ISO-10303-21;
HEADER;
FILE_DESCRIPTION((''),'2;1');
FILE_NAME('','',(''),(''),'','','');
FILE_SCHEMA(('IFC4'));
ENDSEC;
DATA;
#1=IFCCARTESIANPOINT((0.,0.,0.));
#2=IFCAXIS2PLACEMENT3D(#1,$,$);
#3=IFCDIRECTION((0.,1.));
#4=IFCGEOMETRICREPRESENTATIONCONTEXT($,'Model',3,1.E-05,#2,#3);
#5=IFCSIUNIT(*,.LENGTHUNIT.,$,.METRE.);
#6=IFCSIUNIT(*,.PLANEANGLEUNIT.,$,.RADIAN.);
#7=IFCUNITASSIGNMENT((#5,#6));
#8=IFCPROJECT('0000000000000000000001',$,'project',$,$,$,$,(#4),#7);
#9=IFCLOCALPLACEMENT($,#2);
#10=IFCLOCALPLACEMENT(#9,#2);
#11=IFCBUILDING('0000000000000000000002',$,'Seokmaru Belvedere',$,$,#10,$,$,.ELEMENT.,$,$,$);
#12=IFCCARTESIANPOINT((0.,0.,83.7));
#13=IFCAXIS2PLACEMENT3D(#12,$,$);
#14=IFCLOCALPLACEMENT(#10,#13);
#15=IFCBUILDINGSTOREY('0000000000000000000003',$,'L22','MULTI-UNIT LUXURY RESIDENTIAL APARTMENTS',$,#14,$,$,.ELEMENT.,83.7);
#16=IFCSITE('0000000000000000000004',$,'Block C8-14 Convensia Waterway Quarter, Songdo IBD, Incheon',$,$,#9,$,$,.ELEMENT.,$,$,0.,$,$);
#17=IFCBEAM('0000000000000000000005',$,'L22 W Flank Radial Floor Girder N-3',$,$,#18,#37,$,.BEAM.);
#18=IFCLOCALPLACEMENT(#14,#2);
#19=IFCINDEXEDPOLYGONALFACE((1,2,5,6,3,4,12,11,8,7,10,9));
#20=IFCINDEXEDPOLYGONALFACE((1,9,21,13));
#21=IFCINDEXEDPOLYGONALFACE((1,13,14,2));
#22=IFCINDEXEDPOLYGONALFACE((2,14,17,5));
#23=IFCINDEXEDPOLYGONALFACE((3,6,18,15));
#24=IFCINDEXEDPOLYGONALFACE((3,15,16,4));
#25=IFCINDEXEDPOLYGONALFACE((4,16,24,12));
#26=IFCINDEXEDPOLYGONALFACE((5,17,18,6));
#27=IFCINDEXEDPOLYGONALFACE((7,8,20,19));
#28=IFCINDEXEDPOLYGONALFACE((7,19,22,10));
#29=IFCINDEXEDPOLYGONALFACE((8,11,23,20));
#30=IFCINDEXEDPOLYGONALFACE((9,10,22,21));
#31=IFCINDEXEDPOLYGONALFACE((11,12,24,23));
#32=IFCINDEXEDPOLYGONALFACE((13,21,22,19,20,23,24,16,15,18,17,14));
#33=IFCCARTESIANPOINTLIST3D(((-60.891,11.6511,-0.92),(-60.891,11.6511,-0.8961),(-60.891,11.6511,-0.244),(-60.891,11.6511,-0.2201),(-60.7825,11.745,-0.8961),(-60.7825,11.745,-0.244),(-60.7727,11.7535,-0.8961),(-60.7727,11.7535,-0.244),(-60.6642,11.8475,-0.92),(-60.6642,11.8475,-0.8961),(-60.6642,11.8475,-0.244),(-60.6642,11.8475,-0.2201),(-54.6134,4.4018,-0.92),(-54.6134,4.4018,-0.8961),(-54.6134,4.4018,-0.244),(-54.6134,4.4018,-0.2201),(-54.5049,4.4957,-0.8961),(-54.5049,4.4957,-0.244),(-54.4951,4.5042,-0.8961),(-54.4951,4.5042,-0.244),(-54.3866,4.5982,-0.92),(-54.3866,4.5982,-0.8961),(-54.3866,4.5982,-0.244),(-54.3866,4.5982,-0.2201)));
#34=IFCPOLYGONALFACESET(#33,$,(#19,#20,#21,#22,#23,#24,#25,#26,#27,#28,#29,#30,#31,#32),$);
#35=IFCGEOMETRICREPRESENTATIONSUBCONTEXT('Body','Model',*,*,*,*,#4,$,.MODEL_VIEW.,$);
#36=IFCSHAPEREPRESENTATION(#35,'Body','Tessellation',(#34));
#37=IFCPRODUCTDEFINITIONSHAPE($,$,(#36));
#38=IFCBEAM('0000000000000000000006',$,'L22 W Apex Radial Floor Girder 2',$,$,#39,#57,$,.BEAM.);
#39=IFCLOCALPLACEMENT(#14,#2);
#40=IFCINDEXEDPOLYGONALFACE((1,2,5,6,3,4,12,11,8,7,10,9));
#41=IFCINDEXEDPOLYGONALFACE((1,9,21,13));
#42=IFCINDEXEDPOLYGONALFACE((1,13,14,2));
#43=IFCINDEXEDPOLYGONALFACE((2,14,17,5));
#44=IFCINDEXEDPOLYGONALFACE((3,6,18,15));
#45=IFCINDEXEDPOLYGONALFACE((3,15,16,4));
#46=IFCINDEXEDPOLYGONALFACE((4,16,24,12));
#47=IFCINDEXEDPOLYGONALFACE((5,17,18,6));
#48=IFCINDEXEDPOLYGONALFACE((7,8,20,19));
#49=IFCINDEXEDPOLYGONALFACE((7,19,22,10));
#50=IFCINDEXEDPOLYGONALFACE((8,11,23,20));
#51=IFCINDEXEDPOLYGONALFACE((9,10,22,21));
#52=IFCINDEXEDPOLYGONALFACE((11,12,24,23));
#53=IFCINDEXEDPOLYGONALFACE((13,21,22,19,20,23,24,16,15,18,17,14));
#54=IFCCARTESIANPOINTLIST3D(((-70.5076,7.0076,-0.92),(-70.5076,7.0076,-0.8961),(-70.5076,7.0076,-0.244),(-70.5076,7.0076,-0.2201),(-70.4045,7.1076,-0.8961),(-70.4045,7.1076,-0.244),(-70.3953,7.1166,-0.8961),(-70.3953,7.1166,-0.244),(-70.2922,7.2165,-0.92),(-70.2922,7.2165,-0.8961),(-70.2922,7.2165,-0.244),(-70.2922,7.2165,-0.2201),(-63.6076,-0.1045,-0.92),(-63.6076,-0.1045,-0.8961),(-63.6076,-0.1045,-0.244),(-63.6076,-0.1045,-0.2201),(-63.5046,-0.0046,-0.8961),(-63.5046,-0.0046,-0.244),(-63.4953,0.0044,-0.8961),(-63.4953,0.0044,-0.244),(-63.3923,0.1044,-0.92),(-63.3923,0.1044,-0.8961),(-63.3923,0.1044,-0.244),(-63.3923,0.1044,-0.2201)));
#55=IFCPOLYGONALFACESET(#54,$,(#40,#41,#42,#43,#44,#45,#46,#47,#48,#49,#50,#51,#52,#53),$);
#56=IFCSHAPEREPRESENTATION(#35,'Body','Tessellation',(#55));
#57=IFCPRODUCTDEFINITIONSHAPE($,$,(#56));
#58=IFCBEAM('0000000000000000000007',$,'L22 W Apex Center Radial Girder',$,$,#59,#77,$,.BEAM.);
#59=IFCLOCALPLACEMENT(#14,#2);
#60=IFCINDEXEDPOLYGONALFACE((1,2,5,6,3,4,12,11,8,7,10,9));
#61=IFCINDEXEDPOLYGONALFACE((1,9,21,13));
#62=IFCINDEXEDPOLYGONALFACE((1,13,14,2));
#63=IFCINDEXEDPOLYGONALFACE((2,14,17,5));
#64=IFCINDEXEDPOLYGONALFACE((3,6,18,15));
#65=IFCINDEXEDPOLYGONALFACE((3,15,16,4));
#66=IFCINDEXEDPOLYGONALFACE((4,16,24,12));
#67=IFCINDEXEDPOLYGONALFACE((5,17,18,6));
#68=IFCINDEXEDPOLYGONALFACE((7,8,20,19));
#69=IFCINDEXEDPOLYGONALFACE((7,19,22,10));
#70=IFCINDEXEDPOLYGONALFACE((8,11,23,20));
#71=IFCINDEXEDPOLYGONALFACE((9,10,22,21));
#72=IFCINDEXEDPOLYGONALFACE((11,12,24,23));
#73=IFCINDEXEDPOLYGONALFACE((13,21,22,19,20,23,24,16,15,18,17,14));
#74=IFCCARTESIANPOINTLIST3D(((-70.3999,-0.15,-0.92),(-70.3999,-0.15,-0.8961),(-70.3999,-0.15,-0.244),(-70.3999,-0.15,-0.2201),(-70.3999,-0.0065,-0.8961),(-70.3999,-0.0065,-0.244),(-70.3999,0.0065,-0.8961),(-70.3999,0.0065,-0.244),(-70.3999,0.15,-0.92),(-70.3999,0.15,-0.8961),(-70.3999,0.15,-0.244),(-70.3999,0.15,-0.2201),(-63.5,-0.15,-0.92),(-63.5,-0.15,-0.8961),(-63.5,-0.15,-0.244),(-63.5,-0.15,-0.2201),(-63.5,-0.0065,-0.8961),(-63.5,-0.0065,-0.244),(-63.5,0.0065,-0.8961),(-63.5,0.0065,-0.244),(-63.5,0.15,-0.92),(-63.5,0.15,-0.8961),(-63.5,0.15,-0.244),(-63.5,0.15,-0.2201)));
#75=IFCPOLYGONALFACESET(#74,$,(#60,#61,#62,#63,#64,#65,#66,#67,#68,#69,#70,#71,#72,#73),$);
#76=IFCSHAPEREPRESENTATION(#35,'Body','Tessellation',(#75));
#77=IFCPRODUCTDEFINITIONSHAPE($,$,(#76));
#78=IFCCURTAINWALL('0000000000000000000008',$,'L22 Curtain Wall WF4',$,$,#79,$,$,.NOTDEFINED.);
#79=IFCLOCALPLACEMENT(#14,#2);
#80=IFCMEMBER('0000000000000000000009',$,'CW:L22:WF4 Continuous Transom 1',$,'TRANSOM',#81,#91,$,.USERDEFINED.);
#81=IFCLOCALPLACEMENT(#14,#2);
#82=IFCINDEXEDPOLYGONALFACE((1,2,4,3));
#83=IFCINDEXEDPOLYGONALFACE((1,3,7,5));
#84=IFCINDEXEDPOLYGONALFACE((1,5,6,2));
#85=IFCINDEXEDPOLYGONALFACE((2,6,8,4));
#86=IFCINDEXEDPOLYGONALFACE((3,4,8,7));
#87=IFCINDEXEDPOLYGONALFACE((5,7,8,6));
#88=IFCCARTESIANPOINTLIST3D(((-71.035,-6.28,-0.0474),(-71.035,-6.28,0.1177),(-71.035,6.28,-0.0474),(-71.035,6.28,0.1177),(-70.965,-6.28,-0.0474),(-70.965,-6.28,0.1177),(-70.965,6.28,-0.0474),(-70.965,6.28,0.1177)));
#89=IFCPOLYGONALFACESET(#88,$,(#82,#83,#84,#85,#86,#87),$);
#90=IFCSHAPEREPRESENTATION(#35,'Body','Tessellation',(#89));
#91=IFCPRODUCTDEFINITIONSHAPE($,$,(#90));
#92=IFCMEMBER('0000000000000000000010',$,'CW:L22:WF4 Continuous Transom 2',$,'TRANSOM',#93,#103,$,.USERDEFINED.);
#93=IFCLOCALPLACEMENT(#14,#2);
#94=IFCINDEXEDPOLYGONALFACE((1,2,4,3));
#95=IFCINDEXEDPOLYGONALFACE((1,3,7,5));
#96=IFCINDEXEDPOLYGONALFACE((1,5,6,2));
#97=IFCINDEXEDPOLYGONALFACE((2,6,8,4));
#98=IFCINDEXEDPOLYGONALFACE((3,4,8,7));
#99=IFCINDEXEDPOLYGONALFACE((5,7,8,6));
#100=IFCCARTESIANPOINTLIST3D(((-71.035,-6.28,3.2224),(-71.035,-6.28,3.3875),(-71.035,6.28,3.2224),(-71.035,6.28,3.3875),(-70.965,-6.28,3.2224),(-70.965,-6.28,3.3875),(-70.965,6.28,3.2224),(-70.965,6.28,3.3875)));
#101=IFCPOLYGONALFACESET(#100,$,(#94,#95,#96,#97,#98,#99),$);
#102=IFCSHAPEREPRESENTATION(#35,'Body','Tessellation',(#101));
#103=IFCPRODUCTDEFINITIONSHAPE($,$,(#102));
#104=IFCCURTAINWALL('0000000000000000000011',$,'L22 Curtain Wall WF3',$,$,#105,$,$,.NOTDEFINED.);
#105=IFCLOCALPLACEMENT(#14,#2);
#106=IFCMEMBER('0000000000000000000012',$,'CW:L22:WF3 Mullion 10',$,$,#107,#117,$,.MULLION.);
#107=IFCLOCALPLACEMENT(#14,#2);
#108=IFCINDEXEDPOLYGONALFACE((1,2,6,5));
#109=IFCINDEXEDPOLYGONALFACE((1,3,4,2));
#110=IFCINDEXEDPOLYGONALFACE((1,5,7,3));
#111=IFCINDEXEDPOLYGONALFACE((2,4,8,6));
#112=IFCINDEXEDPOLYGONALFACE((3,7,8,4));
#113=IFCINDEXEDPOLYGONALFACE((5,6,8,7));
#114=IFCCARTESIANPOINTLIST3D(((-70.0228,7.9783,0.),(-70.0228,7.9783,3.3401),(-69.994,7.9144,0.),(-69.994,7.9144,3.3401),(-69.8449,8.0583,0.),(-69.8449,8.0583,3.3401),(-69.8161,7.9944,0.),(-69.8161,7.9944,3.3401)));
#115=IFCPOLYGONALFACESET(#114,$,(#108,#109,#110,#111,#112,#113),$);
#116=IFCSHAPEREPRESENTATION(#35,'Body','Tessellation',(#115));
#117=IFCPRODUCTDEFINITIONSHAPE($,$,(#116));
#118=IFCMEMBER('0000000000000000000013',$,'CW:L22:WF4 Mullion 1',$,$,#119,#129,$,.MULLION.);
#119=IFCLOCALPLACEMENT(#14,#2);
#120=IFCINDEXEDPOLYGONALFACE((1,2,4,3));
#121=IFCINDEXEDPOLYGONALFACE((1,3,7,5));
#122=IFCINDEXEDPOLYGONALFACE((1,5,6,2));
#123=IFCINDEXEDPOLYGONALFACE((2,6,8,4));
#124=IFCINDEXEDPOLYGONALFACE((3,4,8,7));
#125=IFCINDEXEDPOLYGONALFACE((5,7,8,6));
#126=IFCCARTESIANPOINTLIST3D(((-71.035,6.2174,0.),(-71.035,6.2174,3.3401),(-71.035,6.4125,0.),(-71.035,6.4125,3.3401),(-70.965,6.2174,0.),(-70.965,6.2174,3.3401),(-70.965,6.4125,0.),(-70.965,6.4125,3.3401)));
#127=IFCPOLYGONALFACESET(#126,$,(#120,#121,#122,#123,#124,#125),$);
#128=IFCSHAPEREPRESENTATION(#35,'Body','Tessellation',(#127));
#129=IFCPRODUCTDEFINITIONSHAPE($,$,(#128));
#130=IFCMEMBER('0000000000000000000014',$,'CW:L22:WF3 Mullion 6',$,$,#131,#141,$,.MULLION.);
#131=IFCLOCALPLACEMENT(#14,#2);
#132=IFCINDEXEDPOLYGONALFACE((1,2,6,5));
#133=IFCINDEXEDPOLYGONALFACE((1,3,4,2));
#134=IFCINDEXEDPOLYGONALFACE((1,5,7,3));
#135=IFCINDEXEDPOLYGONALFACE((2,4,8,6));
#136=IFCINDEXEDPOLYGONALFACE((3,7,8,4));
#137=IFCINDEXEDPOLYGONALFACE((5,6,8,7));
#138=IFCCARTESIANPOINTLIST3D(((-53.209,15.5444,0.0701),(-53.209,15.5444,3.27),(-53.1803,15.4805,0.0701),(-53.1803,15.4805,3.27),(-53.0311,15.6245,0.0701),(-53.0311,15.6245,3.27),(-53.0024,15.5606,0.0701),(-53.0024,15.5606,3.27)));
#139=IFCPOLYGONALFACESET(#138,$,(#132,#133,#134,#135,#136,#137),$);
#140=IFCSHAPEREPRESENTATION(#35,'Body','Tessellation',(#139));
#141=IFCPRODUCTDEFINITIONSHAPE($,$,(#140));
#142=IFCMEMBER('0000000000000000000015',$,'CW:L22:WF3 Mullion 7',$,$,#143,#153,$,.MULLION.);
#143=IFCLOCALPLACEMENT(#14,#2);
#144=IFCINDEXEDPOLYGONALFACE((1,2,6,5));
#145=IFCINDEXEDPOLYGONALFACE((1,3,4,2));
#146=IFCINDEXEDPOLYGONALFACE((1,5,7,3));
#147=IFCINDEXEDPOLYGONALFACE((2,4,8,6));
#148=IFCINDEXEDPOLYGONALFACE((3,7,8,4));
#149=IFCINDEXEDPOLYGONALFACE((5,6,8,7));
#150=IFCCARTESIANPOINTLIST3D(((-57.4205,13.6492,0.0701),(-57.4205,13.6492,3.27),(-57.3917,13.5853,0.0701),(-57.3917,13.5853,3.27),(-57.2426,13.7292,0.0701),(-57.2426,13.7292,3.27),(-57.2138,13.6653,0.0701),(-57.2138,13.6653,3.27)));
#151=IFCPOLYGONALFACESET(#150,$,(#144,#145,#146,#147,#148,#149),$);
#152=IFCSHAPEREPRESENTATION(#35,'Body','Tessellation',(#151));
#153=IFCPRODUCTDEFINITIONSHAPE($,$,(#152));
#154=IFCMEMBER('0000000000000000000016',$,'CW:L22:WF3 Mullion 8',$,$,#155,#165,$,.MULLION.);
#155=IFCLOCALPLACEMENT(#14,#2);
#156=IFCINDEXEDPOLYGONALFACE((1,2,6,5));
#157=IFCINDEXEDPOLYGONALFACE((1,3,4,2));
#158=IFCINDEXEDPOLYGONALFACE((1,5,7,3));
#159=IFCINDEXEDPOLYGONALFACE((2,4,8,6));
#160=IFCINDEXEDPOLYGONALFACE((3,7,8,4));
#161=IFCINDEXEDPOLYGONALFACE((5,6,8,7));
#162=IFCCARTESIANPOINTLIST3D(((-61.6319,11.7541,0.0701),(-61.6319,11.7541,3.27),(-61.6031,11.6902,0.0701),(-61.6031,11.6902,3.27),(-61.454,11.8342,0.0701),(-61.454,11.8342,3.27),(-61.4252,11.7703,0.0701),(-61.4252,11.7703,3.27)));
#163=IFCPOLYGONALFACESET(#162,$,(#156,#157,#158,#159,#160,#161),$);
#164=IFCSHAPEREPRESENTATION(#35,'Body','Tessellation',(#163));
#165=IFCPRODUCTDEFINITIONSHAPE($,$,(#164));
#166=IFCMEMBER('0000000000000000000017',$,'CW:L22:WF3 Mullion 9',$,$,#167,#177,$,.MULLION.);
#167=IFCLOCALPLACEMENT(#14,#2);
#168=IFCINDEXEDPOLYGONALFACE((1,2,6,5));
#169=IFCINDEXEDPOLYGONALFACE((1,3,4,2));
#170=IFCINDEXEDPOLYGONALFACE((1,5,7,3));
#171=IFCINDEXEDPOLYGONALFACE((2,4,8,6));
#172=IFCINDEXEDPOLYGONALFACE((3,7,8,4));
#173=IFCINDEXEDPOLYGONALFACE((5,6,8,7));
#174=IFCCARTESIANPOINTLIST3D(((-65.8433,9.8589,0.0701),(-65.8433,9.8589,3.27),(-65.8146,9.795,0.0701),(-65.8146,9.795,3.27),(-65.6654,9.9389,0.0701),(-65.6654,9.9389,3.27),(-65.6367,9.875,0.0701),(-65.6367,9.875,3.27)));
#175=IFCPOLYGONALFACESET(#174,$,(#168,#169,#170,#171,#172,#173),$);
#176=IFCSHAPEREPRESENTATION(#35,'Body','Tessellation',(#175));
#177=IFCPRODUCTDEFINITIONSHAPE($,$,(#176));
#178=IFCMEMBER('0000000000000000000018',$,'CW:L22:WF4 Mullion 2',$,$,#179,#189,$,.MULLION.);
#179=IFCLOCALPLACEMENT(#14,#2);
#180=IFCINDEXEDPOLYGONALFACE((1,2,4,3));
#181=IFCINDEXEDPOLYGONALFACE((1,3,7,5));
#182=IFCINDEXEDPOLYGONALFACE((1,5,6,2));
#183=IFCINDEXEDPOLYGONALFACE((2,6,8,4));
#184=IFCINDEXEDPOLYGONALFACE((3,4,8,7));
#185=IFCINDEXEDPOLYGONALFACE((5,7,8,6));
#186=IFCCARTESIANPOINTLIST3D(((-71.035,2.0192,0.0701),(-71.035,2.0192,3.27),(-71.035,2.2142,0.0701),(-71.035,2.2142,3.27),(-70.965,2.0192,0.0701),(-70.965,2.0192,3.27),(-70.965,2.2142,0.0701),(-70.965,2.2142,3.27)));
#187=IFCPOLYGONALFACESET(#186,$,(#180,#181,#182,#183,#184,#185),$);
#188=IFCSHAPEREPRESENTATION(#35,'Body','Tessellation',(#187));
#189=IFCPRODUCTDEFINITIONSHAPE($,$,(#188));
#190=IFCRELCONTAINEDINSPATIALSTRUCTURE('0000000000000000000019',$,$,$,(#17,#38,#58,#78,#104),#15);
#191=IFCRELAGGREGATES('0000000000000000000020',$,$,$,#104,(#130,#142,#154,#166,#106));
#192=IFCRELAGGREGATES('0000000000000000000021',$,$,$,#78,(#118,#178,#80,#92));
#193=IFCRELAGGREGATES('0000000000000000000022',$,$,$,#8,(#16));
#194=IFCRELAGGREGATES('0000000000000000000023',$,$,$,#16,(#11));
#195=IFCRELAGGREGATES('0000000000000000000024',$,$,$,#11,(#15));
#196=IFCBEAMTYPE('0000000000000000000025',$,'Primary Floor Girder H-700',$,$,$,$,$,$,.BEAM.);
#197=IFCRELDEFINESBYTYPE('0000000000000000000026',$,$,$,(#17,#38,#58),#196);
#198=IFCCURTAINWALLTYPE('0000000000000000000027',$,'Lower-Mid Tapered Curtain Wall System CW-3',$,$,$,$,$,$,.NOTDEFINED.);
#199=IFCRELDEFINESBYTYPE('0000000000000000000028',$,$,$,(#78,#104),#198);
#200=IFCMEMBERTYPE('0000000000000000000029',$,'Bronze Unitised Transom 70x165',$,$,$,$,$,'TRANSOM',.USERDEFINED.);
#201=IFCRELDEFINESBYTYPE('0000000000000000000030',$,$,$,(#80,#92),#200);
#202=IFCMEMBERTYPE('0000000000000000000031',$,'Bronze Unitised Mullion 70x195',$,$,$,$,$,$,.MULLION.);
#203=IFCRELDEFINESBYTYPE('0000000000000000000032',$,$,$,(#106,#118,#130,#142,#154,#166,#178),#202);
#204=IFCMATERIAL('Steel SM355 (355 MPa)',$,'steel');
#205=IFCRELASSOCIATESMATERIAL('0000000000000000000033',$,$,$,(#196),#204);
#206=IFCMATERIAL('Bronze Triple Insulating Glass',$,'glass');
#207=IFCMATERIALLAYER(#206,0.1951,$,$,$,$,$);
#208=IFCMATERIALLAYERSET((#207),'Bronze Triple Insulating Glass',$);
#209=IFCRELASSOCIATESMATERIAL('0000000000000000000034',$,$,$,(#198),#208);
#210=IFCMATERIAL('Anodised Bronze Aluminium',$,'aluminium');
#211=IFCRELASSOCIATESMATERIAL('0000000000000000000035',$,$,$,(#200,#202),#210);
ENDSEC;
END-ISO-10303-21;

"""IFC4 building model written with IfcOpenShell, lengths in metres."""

from ifc_helpers import new_model, si_unit, direction, frame, origin, origin_2d, place, context, subcontext, project, spatial, rectangle, i_section, extrude, source, transform, mapped, material, layer, layer_set, material_profile, profile_set, type_object, type_shapes, element, aggregate, save


model = new_model("IFC4")

# Units and contexts
model_context = context("Model", 3, precision=1e-05, world=origin(), true_north=direction((0.0, 1.0)))
body_context = subcontext(model_context, "Body", "Model", "MODEL_VIEW")
ifc_project = project(units=[si_unit("LENGTHUNIT", "METRE"), si_unit("PLANEANGLEUNIT", "RADIAN")], contexts=[model_context])

# Site, building, storey
site_placement = place(None, origin())
site = spatial("IfcSite", under=ifc_project, at=site_placement, Name="Block C8-14 Convensia Waterway Quarter, Songdo IBD, Incheon", CompositionType="ELEMENT", RefElevation=0.0)
building_placement = place(site_placement, origin())
building = spatial("IfcBuilding", under=site, at=building_placement, Name="Seokmaru Belvedere", CompositionType="ELEMENT")
storey_placement = place(building_placement, frame((0.0, 0.0, 83.7)))
storey = spatial("IfcBuildingStorey", under=building, at=storey_placement, Name="L22", Description="MULTI-UNIT LUXURY RESIDENTIAL APARTMENTS", CompositionType="ELEMENT", Elevation=83.7)

# Shared definitions
ifc_material_1 = material(Name="Steel SM355 (355 MPa)", Category="steel")

# Beams
ifc_material_profile_1 = material_profile(ifc_material_1, i_section(OverallWidth=0.3, OverallDepth=0.7, WebThickness=0.0129, FlangeThickness=0.0239, at=origin_2d()), Name="H-700x300x13x24")
ifc_profile_set_1 = profile_set([ifc_material_profile_1], Name="Steel SM355 (355 MPa)")
beam_type_1 = type_object("IfcBeamType", Name="Primary Floor Girder H-700", PredefinedType="BEAM", material=ifc_profile_set_1)
shared_shape_1 = source(origin(), body_context, "Body", "SweptSolid", [
    extrude(i_section(OverallWidth=0.3, OverallDepth=0.7, WebThickness=0.0129, FlangeThickness=0.0239, at=origin_2d()), origin(), (0.0, 0.0, 1.0), 9.5896),
])
beam_1_placement = place(storey_placement, frame((-60.7776, 11.7493, -0.5701), z_axis=(0.654626, -0.755953, 0.0), x_axis=(0.755953, 0.654626, 0.0)))
element("IfcBeam", 1, at=beam_1_placement, inside=storey, type_object=beam_type_1, Name="L22 W Flank Radial Floor Girder N-3", PredefinedType="BEAM", context=body_context, shape_type="MappedRepresentation", body=[
    mapped(shared_shape_1, transform((0.0, 0.0, 0.0), scale=1.0)),
])
shared_shape_2 = source(origin(), body_context, "Body", "SweptSolid", [
    extrude(i_section(OverallWidth=0.3, OverallDepth=0.7, WebThickness=0.0129, FlangeThickness=0.0239, at=origin_2d()), origin(), (0.0, 0.0, 1.0), 9.9092),
])
beam_2_placement = place(storey_placement, frame((-70.3999, 7.1121, -0.5701), z_axis=(0.696321, -0.717731, 0.0), x_axis=(0.717731, 0.696321, 0.0)))
element("IfcBeam", 2, at=beam_2_placement, inside=storey, type_object=beam_type_1, Name="L22 W Apex Radial Floor Girder 2", PredefinedType="BEAM", context=body_context, shape_type="MappedRepresentation", body=[
    mapped(shared_shape_2, transform((0.0, 0.0, 0.0), scale=1.0)),
])
shared_shape_3 = source(origin(), body_context, "Body", "SweptSolid", [
    extrude(i_section(OverallWidth=0.3, OverallDepth=0.7, WebThickness=0.0129, FlangeThickness=0.0239, at=origin_2d()), origin(), (0.0, 0.0, 1.0), 6.8999),
])
beam_3_placement = place(storey_placement, frame((-70.3999, 0.0, -0.5701), z_axis=(1.0, 0.0, 0.0), x_axis=(0.0, 1.0, 0.0)))
element("IfcBeam", 3, at=beam_3_placement, inside=storey, type_object=beam_type_1, Name="L22 W Apex Center Radial Girder", PredefinedType="BEAM", context=body_context, shape_type="MappedRepresentation", body=[
    mapped(shared_shape_3, transform((0.0, 0.0, 0.0), scale=1.0)),
])

# Curtain wall, members
ifc_material_2 = material(Name="Bronze Triple Insulating Glass", Category="glass")
ifc_layer_1 = layer(ifc_material_2, 0.1951)
ifc_layer_set_1 = layer_set([ifc_layer_1], Name="Bronze Triple Insulating Glass")
curtain_wall_type = type_object("IfcCurtainWallType", Name="Lower-Mid Tapered Curtain Wall System CW-3", PredefinedType="NOTDEFINED", material=ifc_layer_set_1)
curtain_wall_1_placement = place(storey_placement, origin())
curtain_wall_1 = element("IfcCurtainWall", 4, at=curtain_wall_1_placement, inside=storey, type_object=curtain_wall_type, Name="L22 Curtain Wall WF4", PredefinedType="NOTDEFINED")
ifc_material_3 = material(Name="Anodised Bronze Aluminium", Category="aluminium")
ifc_material_profile_2 = material_profile(ifc_material_3, rectangle(XDim=0.0701, YDim=0.165, at=origin_2d()), Name="CW-T-70x165")
ifc_profile_set_2 = profile_set([ifc_material_profile_2], Name="Anodised Bronze Aluminium")
member_type_1 = type_object("IfcMemberType", Name="Bronze Unitised Transom 70x165", ElementType="TRANSOM", PredefinedType="USERDEFINED", material=ifc_profile_set_2)
shared_shape_4 = source(origin(), body_context, "Body", "SweptSolid", [
    extrude(rectangle(XDim=0.0701, YDim=0.165, at=origin_2d()), origin(), (0.0, 0.0, 1.0), 12.5601),
])
type_shapes(member_type_1, [shared_shape_4])
member_1_placement = place(storey_placement, frame((-71.0, 6.28, 0.0352), z_axis=(0.0, -1.0, 0.0), x_axis=(1.0, 0.0, 0.0)))
member_1 = element("IfcMember", 5, at=member_1_placement, type_object=member_type_1, Name="CW:L22:WF4 Continuous Transom 1", ObjectType="TRANSOM", PredefinedType="USERDEFINED", context=body_context, shape_type="MappedRepresentation", body=[
    mapped(shared_shape_4, transform((0.0, 0.0, 0.0), scale=1.0)),
])
member_2_placement = place(storey_placement, frame((-71.0, 6.28, 3.3049), z_axis=(0.0, -1.0, 0.0), x_axis=(1.0, 0.0, 0.0)))
member_2 = element("IfcMember", 6, at=member_2_placement, type_object=member_type_1, Name="CW:L22:WF4 Continuous Transom 2", ObjectType="TRANSOM", PredefinedType="USERDEFINED", context=body_context, shape_type="MappedRepresentation", body=[
    mapped(shared_shape_4, transform((0.0, 0.0, 0.0), scale=1.0)),
])

# Curtain wall, member
curtain_wall_2_placement = place(storey_placement, origin())
curtain_wall_2 = element("IfcCurtainWall", 7, at=curtain_wall_2_placement, inside=storey, type_object=curtain_wall_type, Name="L22 Curtain Wall WF3", PredefinedType="NOTDEFINED")
ifc_material_profile_3 = material_profile(ifc_material_3, rectangle(XDim=0.0701, YDim=0.1951, at=origin_2d()), Name="CW-M-70x195")
ifc_profile_set_3 = profile_set([ifc_material_profile_3], Name="Anodised Bronze Aluminium")
member_type_2 = type_object("IfcMemberType", Name="Bronze Unitised Mullion 70x195", PredefinedType="MULLION", material=ifc_profile_set_3)
shared_shape_5 = source(origin(), body_context, "Body", "SweptSolid", [
    extrude(rectangle(XDim=0.0701, YDim=0.1951, at=origin_2d()), origin(), (0.0, 0.0, 1.0), 3.3401),
])
member_3_placement = place(storey_placement, frame((-69.9194, 7.9863, 0.0), z_axis=(0.0, 0.0, 1.0), x_axis=(0.410366, -0.911921, 0.0)))
member_3 = element("IfcMember", 8, at=member_3_placement, type_object=member_type_2, Name="CW:L22:WF3 Mullion 10", PredefinedType="MULLION", context=body_context, shape_type="MappedRepresentation", body=[
    mapped(shared_shape_5, transform((0.0, 0.0, 0.0), scale=1.0)),
])

# Members
member_4_placement = place(storey_placement, frame((-71.0, 6.3149, 0.0), z_axis=(0.0, 0.0, 1.0), x_axis=(1.0, 0.0, 0.0)))
member_4 = element("IfcMember", 9, at=member_4_placement, type_object=member_type_2, Name="CW:L22:WF4 Mullion 1", PredefinedType="MULLION", context=body_context, shape_type="MappedRepresentation", body=[
    mapped(shared_shape_5, transform((0.0, 0.0, 0.0), scale=1.0)),
])
shared_shape_6 = source(origin(), body_context, "Body", "SweptSolid", [
    extrude(rectangle(XDim=0.0701, YDim=0.1951, at=origin_2d()), origin(), (0.0, 0.0, 1.0), 3.2),
])
type_shapes(member_type_2, [shared_shape_5, shared_shape_6])
member_5_placement = place(storey_placement, frame((-53.1057, 15.5525, 0.0701), z_axis=(0.0, 0.0, 1.0), x_axis=(0.410366, -0.911921, 0.0)))
member_5 = element("IfcMember", 10, at=member_5_placement, type_object=member_type_2, Name="CW:L22:WF3 Mullion 6", PredefinedType="MULLION", context=body_context, shape_type="MappedRepresentation", body=[
    mapped(shared_shape_6, transform((0.0, 0.0, 0.0), scale=1.0)),
])
member_6_placement = place(storey_placement, frame((-57.3171, 13.6572, 0.0701), z_axis=(0.0, 0.0, 1.0), x_axis=(0.410366, -0.911921, 0.0)))
member_6 = element("IfcMember", 11, at=member_6_placement, type_object=member_type_2, Name="CW:L22:WF3 Mullion 7", PredefinedType="MULLION", context=body_context, shape_type="MappedRepresentation", body=[
    mapped(shared_shape_6, transform((0.0, 0.0, 0.0), scale=1.0)),
])
member_7_placement = place(storey_placement, frame((-61.5286, 11.7622, 0.0701), z_axis=(0.0, 0.0, 1.0), x_axis=(0.410366, -0.911921, 0.0)))
member_7 = element("IfcMember", 12, at=member_7_placement, type_object=member_type_2, Name="CW:L22:WF3 Mullion 8", PredefinedType="MULLION", context=body_context, shape_type="MappedRepresentation", body=[
    mapped(shared_shape_6, transform((0.0, 0.0, 0.0), scale=1.0)),
])
member_8_placement = place(storey_placement, frame((-65.74, 9.8669, 0.0701), z_axis=(0.0, 0.0, 1.0), x_axis=(0.410366, -0.911921, 0.0)))
member_8 = element("IfcMember", 13, at=member_8_placement, type_object=member_type_2, Name="CW:L22:WF3 Mullion 9", PredefinedType="MULLION", context=body_context, shape_type="MappedRepresentation", body=[
    mapped(shared_shape_6, transform((0.0, 0.0, 0.0), scale=1.0)),
])
member_9_placement = place(storey_placement, frame((-71.0, 2.1167, 0.0701), z_axis=(0.0, 0.0, 1.0), x_axis=(1.0, 0.0, 0.0)))
member_9 = element("IfcMember", 14, at=member_9_placement, type_object=member_type_2, Name="CW:L22:WF4 Mullion 2", PredefinedType="MULLION", context=body_context, shape_type="MappedRepresentation", body=[
    mapped(shared_shape_6, transform((0.0, 0.0, 0.0), scale=1.0)),
])

aggregate(curtain_wall_2, [member_5, member_6, member_7, member_8, member_3])
aggregate(curtain_wall_1, [member_4, member_9, member_1, member_2])

save(model, "model.ifc")
